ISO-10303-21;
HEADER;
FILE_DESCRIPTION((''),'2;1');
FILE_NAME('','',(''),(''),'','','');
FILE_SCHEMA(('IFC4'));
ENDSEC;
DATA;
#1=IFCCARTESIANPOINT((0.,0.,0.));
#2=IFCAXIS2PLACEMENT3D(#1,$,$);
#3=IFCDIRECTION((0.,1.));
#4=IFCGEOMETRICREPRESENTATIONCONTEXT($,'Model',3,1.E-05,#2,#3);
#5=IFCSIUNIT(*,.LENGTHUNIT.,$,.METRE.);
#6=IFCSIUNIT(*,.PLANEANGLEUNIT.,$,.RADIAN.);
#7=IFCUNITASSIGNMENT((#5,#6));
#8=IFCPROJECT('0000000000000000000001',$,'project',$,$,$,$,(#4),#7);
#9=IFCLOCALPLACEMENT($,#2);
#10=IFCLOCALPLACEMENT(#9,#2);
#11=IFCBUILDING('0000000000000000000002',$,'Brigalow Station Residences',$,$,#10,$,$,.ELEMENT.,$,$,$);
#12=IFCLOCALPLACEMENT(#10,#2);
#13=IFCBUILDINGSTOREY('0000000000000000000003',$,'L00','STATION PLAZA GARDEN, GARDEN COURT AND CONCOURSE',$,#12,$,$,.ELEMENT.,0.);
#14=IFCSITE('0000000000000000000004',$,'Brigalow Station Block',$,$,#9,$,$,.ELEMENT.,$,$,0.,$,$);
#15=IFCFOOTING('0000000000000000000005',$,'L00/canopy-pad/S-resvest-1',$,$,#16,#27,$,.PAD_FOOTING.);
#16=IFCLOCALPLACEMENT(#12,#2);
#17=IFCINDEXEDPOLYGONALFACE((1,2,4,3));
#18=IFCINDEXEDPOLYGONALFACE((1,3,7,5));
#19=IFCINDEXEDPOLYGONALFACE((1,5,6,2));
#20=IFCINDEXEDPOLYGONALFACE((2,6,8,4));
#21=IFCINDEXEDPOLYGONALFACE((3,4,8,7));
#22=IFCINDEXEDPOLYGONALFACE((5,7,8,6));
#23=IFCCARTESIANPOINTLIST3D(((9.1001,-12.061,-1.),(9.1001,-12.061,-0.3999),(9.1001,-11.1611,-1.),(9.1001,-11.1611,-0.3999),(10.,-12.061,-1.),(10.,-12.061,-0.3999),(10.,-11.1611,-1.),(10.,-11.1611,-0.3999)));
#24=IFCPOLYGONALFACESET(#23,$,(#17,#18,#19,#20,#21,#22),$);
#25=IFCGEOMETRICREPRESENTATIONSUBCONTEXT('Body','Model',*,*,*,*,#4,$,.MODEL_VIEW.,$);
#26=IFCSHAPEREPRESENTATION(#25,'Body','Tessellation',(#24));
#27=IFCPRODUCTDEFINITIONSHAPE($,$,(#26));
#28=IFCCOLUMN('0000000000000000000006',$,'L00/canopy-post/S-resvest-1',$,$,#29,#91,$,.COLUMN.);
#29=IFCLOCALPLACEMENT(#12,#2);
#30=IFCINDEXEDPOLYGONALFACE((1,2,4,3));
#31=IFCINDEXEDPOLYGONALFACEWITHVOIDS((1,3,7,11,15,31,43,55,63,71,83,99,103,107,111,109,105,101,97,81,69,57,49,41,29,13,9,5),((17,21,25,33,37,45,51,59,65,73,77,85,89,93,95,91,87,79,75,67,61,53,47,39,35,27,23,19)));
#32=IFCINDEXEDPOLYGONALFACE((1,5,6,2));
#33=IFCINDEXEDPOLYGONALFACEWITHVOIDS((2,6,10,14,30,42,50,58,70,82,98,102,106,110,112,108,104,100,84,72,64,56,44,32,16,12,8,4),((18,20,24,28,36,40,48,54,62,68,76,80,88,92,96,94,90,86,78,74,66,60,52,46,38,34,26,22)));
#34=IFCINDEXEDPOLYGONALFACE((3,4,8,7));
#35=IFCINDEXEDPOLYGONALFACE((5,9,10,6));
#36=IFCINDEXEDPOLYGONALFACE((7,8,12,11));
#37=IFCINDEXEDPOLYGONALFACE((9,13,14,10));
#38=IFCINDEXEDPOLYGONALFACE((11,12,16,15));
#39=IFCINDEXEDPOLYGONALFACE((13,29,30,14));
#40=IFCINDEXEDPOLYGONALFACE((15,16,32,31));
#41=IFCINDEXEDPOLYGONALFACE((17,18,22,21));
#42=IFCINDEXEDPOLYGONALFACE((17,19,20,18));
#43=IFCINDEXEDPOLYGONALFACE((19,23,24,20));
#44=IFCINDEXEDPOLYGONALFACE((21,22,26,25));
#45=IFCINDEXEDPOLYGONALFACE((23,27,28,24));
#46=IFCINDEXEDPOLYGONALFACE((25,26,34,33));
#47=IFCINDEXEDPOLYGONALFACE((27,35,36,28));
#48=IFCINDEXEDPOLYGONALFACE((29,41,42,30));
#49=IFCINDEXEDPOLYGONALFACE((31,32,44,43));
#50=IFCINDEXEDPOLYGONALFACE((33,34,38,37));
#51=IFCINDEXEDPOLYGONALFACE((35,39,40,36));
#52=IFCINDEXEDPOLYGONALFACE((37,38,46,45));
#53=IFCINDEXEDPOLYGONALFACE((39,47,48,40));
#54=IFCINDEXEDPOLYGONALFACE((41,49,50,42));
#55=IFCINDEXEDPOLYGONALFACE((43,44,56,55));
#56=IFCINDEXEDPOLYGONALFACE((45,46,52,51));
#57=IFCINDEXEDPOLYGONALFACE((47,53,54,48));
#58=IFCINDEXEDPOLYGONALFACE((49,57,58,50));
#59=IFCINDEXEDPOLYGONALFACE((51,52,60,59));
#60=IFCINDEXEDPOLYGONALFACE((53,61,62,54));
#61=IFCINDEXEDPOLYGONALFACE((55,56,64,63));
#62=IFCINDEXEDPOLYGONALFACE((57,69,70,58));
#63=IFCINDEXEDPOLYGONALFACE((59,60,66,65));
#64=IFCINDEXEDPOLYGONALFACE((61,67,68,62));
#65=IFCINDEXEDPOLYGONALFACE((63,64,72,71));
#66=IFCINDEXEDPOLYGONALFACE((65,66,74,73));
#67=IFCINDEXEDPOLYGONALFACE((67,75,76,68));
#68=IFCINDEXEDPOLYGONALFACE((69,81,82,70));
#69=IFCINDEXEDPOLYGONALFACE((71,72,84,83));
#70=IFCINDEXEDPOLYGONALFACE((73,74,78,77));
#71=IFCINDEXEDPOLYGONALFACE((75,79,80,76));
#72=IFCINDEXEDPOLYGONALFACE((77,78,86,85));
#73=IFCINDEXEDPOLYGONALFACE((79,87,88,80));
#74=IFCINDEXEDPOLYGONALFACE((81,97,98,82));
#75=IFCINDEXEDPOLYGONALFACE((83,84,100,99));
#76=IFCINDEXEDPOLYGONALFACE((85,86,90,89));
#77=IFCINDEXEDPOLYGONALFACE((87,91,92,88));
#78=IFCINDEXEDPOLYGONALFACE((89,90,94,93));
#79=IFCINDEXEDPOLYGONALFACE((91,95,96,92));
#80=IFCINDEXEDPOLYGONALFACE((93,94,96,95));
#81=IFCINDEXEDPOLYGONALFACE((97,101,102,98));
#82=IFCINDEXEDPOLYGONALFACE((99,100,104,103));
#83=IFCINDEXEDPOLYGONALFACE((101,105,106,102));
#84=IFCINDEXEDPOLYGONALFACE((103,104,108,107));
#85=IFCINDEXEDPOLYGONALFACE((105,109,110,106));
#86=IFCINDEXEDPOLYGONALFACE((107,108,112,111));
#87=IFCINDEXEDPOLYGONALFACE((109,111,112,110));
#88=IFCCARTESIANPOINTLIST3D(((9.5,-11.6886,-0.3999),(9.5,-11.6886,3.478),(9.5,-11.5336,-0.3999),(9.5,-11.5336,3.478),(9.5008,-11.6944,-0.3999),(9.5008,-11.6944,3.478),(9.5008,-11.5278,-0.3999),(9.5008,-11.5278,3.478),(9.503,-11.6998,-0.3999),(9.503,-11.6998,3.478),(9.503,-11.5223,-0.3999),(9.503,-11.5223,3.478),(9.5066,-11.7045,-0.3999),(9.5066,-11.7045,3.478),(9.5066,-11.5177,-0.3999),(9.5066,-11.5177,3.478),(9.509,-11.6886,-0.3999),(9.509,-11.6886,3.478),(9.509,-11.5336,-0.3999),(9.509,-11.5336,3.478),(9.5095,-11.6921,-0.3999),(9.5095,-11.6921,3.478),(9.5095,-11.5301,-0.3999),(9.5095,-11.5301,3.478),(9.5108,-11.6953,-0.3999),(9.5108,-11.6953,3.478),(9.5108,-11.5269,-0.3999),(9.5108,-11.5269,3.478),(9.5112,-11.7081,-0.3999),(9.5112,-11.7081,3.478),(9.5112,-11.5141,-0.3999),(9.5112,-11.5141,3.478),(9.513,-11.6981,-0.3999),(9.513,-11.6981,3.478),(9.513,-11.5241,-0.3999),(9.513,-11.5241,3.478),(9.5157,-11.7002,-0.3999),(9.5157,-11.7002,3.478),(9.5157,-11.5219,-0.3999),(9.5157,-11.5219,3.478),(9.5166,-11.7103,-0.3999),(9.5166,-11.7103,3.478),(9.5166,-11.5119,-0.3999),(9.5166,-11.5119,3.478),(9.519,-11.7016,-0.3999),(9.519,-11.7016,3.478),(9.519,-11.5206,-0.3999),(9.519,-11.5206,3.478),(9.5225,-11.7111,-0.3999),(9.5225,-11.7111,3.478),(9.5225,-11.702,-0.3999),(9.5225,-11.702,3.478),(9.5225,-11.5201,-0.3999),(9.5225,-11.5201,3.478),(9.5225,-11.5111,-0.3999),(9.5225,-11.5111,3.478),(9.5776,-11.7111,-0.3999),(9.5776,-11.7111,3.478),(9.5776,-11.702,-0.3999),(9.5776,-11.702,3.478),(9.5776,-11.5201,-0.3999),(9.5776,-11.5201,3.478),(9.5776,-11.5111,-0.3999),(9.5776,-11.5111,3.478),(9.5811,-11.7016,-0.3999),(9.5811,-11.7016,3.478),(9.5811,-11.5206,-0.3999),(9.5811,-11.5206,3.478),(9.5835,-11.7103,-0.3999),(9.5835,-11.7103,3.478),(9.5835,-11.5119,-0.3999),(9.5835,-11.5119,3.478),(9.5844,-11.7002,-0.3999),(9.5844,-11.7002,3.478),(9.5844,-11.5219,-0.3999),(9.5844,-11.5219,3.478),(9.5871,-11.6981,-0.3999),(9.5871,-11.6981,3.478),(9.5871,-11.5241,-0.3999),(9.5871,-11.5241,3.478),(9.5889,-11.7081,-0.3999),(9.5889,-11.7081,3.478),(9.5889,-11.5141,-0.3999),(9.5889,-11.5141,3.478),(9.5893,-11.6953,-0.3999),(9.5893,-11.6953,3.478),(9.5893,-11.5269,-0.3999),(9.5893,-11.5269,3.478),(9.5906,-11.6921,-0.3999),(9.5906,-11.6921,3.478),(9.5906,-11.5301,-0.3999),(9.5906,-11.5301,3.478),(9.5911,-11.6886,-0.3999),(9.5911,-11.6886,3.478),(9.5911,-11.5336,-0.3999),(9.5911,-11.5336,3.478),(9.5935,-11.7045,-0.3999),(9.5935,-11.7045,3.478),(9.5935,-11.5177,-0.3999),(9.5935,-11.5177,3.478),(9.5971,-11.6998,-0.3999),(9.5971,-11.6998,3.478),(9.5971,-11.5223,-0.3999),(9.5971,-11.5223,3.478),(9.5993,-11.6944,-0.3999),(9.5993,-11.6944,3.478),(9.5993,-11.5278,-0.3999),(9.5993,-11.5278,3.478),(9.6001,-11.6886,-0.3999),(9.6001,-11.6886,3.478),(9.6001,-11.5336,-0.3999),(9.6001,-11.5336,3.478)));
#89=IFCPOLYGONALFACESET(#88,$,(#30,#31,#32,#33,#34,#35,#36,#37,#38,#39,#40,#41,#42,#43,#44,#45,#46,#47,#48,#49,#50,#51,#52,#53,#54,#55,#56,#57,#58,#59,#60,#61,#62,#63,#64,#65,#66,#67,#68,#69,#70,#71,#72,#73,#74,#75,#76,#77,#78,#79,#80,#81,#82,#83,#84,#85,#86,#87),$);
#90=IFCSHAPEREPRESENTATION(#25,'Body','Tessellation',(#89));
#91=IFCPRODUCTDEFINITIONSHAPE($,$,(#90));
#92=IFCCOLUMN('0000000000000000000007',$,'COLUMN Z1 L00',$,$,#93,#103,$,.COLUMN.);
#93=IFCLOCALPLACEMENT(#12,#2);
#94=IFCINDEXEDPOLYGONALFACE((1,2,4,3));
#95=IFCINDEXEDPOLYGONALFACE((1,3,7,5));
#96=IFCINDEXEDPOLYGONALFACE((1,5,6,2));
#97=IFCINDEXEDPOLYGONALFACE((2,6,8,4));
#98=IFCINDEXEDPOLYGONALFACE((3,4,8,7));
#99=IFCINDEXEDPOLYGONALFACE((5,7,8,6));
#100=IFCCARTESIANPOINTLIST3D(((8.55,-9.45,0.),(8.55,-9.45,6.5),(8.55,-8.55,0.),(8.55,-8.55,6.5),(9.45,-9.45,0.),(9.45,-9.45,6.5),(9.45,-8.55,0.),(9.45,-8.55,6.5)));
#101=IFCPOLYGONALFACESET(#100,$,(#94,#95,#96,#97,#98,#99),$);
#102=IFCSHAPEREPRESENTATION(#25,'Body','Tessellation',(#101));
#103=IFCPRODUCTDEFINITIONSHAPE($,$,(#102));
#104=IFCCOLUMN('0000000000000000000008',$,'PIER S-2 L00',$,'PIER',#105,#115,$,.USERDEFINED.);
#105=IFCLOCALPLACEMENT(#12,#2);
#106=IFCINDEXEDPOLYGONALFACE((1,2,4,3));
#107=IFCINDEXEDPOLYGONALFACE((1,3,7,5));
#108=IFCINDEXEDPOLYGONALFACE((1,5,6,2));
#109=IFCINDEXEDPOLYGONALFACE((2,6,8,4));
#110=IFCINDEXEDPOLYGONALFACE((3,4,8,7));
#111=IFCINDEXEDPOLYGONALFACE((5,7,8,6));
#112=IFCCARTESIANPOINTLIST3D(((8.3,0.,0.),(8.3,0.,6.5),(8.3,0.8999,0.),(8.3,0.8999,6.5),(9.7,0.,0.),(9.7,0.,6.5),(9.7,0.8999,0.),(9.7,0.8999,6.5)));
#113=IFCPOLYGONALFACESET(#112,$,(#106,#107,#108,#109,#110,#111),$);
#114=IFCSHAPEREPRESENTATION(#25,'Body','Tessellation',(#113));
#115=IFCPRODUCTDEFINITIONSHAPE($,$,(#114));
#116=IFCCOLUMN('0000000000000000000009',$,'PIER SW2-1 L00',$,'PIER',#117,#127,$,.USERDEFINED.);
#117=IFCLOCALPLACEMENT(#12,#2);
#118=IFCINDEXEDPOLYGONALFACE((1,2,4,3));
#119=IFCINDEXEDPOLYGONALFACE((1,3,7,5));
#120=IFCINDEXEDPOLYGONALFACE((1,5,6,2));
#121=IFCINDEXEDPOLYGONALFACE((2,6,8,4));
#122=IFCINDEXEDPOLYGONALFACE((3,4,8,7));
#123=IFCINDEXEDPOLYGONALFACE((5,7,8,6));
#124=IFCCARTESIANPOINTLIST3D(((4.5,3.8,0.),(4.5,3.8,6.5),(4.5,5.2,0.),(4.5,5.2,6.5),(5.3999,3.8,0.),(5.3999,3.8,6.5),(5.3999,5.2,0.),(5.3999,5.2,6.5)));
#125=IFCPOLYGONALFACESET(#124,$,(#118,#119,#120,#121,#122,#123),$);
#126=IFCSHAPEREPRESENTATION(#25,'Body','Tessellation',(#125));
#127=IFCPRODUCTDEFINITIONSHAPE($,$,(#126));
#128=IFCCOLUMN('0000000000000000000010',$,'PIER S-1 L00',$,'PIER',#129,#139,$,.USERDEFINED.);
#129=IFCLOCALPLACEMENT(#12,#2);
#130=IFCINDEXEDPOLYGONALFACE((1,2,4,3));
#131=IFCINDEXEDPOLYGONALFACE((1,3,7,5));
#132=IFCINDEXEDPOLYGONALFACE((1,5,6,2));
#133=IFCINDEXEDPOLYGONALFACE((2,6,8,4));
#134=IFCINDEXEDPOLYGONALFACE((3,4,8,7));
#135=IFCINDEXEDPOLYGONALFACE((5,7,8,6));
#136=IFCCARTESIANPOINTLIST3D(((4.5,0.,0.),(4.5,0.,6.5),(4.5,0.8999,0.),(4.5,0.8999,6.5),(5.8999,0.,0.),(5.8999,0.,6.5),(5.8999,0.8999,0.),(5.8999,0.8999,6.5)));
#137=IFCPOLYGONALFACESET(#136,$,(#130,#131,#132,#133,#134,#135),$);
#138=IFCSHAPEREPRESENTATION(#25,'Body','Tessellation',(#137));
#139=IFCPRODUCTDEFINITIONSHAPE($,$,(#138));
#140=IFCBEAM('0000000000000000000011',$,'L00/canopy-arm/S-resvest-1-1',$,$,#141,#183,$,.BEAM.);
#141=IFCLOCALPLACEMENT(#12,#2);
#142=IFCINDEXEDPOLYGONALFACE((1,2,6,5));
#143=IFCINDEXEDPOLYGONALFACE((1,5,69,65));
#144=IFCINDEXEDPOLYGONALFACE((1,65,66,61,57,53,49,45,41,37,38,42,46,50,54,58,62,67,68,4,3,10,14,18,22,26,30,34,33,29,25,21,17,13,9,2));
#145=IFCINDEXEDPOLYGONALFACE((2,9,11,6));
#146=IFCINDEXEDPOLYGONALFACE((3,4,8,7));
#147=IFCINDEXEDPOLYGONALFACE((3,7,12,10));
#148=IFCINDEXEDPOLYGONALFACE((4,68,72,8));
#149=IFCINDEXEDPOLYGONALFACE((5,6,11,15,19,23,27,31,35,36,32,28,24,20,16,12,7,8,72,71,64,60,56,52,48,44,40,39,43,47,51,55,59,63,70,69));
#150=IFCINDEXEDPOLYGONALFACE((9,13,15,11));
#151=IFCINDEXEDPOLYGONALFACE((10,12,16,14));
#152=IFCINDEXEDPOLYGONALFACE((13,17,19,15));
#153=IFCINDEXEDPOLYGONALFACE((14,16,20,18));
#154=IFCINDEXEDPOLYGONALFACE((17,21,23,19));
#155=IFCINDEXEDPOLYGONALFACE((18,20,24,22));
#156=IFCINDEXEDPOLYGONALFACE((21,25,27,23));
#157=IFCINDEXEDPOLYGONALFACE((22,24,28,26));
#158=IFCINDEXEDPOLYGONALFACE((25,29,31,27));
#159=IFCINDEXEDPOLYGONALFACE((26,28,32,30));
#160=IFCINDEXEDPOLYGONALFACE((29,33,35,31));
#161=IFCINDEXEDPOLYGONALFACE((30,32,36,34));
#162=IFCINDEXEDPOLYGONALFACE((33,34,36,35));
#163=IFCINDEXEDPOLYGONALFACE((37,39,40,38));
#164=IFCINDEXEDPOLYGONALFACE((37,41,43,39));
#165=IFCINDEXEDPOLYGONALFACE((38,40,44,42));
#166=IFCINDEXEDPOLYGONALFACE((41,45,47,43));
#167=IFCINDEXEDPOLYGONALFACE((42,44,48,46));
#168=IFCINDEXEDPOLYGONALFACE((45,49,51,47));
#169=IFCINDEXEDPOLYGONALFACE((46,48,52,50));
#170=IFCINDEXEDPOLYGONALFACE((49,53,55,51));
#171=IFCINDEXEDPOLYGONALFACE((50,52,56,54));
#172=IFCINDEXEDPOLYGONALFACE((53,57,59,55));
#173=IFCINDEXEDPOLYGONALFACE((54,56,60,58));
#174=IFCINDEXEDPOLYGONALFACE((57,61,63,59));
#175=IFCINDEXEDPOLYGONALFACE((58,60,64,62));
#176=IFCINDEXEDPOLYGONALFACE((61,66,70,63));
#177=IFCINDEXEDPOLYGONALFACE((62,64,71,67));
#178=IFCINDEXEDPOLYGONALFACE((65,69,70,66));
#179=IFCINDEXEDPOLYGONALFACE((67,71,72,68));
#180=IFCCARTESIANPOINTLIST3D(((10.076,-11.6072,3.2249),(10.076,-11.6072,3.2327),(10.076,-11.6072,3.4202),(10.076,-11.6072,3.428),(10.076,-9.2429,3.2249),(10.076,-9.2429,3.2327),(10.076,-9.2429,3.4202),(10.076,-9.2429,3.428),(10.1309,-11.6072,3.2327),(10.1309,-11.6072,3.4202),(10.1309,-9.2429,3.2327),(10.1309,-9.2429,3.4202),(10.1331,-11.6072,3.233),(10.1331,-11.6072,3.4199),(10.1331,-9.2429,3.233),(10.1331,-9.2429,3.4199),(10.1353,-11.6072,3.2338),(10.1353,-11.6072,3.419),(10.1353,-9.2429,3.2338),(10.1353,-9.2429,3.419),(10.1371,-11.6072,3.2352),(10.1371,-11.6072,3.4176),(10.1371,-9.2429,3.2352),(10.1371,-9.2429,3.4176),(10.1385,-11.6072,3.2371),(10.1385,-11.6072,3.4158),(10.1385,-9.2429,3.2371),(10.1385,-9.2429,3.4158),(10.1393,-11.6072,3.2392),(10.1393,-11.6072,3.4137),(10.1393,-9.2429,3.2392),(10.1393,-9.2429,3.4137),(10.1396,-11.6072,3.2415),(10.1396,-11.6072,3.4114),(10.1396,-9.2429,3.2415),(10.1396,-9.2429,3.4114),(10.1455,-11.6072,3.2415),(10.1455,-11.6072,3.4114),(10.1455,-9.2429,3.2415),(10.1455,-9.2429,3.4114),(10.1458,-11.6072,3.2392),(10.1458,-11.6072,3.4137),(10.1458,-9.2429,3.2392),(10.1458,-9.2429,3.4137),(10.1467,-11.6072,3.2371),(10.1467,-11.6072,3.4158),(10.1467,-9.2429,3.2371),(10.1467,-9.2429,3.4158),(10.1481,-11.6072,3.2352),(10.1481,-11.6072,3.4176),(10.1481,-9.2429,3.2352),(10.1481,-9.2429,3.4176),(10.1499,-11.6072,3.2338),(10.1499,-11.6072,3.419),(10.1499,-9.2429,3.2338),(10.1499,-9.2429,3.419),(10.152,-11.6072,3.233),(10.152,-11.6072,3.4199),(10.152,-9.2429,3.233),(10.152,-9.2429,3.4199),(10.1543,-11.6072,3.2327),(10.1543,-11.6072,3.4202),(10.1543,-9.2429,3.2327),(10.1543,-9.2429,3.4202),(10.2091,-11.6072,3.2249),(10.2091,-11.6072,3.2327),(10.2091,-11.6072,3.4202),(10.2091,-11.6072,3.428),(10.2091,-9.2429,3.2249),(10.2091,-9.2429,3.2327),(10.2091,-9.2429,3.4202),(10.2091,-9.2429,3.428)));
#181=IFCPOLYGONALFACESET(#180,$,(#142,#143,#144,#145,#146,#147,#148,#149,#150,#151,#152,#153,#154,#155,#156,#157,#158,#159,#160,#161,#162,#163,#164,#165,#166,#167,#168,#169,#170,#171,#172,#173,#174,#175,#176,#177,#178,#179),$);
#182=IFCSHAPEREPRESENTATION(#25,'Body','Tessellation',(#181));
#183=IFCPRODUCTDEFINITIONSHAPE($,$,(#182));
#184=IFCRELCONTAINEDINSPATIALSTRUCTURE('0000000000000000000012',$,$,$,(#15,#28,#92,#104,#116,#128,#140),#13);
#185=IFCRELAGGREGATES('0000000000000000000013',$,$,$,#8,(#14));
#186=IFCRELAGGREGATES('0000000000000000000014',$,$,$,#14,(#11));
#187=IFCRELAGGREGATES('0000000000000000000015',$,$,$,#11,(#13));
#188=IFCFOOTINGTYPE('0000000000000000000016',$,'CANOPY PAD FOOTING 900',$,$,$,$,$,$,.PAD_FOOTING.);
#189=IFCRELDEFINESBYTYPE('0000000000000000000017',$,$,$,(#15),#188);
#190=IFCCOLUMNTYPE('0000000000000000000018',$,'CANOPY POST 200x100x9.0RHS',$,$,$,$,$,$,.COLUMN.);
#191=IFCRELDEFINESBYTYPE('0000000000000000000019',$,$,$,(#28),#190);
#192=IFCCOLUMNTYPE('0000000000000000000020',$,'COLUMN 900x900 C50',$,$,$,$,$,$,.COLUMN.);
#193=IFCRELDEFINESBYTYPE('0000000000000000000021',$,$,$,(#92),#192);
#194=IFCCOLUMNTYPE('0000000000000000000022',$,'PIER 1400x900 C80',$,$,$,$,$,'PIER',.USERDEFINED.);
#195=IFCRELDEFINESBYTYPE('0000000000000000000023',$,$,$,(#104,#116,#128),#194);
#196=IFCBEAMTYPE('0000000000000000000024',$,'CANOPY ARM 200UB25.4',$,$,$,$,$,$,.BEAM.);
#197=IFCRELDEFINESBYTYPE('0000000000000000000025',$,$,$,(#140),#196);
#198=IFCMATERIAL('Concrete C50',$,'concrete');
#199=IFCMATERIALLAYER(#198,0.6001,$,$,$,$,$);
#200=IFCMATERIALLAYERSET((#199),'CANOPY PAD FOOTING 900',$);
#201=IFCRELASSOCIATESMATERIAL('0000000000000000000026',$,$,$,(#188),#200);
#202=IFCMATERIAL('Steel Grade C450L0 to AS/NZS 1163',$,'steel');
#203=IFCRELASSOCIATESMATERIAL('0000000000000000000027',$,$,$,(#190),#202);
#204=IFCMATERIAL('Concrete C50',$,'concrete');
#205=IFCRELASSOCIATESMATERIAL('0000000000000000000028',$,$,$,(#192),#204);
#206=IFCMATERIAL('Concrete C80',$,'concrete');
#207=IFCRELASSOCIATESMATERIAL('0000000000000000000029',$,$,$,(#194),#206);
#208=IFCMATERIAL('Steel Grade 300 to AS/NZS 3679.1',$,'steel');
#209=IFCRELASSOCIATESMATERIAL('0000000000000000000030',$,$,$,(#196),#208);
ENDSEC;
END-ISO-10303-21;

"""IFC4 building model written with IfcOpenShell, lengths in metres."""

from ifc_helpers import new_model, si_unit, direction, frame, origin, origin_2d, place, context, subcontext, project, spatial, rectangle, hollow_rectangle, i_section, extrude, material, layer, layer_set, material_profile, profile_set, type_object, element, save


model = new_model("IFC4")

# Units and contexts
model_context = context("Model", 3, precision=1e-05, world=origin(), true_north=direction((0.0, 1.0)))
body_context = subcontext(model_context, "Body", "Model", "MODEL_VIEW")
ifc_project = project(units=[si_unit("LENGTHUNIT", "METRE"), si_unit("PLANEANGLEUNIT", "RADIAN")], contexts=[model_context])

# Site, building, storey
site_placement = place(None, origin())
site = spatial("IfcSite", under=ifc_project, at=site_placement, Name="Brigalow Station Block", CompositionType="ELEMENT", RefElevation=0.0)
building_placement = place(site_placement, origin())
building = spatial("IfcBuilding", under=site, at=building_placement, Name="Brigalow Station Residences", CompositionType="ELEMENT")
storey_placement = place(building_placement, origin())
storey = spatial("IfcBuildingStorey", under=building, at=storey_placement, Name="L00", Description="STATION PLAZA GARDEN, GARDEN COURT AND CONCOURSE", CompositionType="ELEMENT", Elevation=0.0)

# Footing
ifc_material_1 = material(Name="Concrete C50", Category="concrete")
ifc_layer_1 = layer(ifc_material_1, 0.6001)
ifc_layer_set_1 = layer_set([ifc_layer_1], Name="CANOPY PAD FOOTING 900")
footing_type = type_object("IfcFootingType", Name="CANOPY PAD FOOTING 900", PredefinedType="PAD_FOOTING", material=ifc_layer_set_1)
footing_placement = place(storey_placement, frame((9.55, -11.6111, -1.0), z_axis=(0.0, 0.0, 1.0), x_axis=(1.0, 0.0, 0.0)))
element("IfcFooting", 1, at=footing_placement, inside=storey, type_object=footing_type, Name="L00/canopy-pad/S-resvest-1", PredefinedType="PAD_FOOTING", context=body_context, shape_type="SweptSolid", body=[
    extrude(rectangle(XDim=0.8999, YDim=0.8999, at=origin_2d()), origin(), (0.0, 0.0, 1.0), 0.6001),
])

# Columns
ifc_material_2 = material(Name="Steel Grade C450L0 to AS/NZS 1163", Category="steel")
ifc_material_profile_1 = material_profile(ifc_material_2, hollow_rectangle(XDim=0.1001, YDim=0.2, WallThickness=0.009, InnerFilletRadius=0.0134, OuterFilletRadius=0.0225, at=origin_2d()), Name="200x100x9.0RHS")
ifc_profile_set_1 = profile_set([ifc_material_profile_1], Name="Steel Grade C450L0 to AS/NZS 1163")
column_type_1 = type_object("IfcColumnType", Name="CANOPY POST 200x100x9.0RHS", PredefinedType="COLUMN", material=ifc_profile_set_1)
column_1_placement = place(storey_placement, frame((9.55, -11.6111, -0.3999), z_axis=(0.0, 0.0, 1.0), x_axis=(1.0, 0.0, 0.0)))
element("IfcColumn", 2, at=column_1_placement, inside=storey, type_object=column_type_1, Name="L00/canopy-post/S-resvest-1", PredefinedType="COLUMN", context=body_context, shape_type="SweptSolid", body=[
    extrude(hollow_rectangle(XDim=0.1001, YDim=0.2, WallThickness=0.009, InnerFilletRadius=0.0134, OuterFilletRadius=0.0225, at=origin_2d()), origin(), (0.0, 0.0, 1.0), 3.8779),
])
ifc_material_3 = material(Name="Concrete C50", Category="concrete")
ifc_material_profile_2 = material_profile(ifc_material_3, rectangle(XDim=0.8999, YDim=0.8999, at=origin_2d()), Name="RC900x900")
ifc_profile_set_2 = profile_set([ifc_material_profile_2], Name="Concrete C50")
column_type_2 = type_object("IfcColumnType", Name="COLUMN 900x900 C50", PredefinedType="COLUMN", material=ifc_profile_set_2)
column_2_placement = place(storey_placement, frame((9.0, -9.0, 0.0), z_axis=(0.0, 0.0, 1.0), x_axis=(1.0, 0.0, 0.0)))
element("IfcColumn", 3, at=column_2_placement, inside=storey, type_object=column_type_2, Name="COLUMN Z1 L00", PredefinedType="COLUMN", context=body_context, shape_type="SweptSolid", body=[
    extrude(rectangle(XDim=0.8999, YDim=0.8999, at=origin_2d()), origin(), (0.0, 0.0, 1.0), 6.5),
])
ifc_material_4 = material(Name="Concrete C80", Category="concrete")
ifc_material_profile_3 = material_profile(ifc_material_4, rectangle(XDim=1.3999, YDim=0.8999, at=origin_2d()), Name="RC1400x900")
ifc_profile_set_3 = profile_set([ifc_material_profile_3], Name="Concrete C80")
column_type_3 = type_object("IfcColumnType", Name="PIER 1400x900 C80", ElementType="PIER", PredefinedType="USERDEFINED", material=ifc_profile_set_3)
for number, where, z_axis, x_axis, name in (
    (4, (9.0, 0.45, 0.0), (0.0, 0.0, 1.0), (1.0, 0.0, 0.0), "PIER S-2 L00"),
    (5, (4.95, 4.5, 0.0), (0.0, 0.0, 1.0), (0.0, -1.0, 0.0), "PIER SW2-1 L00"),
    (6, (5.2, 0.45, 0.0), (0.0, 0.0, 1.0), (1.0, 0.0, 0.0), "PIER S-1 L00"),
):
    element("IfcColumn", number, at=place(storey_placement, frame(where, z_axis=z_axis, x_axis=x_axis)), inside=storey, type_object=column_type_3, Name=name, ObjectType="PIER", PredefinedType="USERDEFINED", context=body_context, shape_type="SweptSolid", body=[
        extrude(rectangle(XDim=1.3999, YDim=0.8999, at=origin_2d()), origin(), (0.0, 0.0, 1.0), 6.5),
    ])

# Beam
ifc_material_5 = material(Name="Steel Grade 300 to AS/NZS 3679.1", Category="steel")
ifc_material_profile_4 = material_profile(ifc_material_5, i_section(OverallWidth=0.1331, OverallDepth=0.2031, WebThickness=0.0059, FlangeThickness=0.0078, FilletRadius=0.0088, at=origin_2d()), Name="200UB25.4")
ifc_profile_set_4 = profile_set([ifc_material_profile_4], Name="Steel Grade 300 to AS/NZS 3679.1")
beam_type_1 = type_object("IfcBeamType", Name="CANOPY ARM 200UB25.4", PredefinedType="BEAM", material=ifc_profile_set_4)
for number, where, z_axis, x_axis, name in (
    (7, (10.1426, -9.2429, 3.3264), (0.0, -1.0, 0.0), (1.0, 0.0, 0.0), "L00/canopy-arm/S-resvest-1-1"),
):
    element("IfcBeam", number, at=place(storey_placement, frame(where, z_axis=z_axis, x_axis=x_axis)), inside=storey, type_object=beam_type_1, Name=name, PredefinedType="BEAM", context=body_context, shape_type="SweptSolid", body=[
        extrude(i_section(OverallWidth=0.1331, OverallDepth=0.2031, WebThickness=0.0059, FlangeThickness=0.0078, FilletRadius=0.0088, at=origin_2d()), origin(), (0.0, 0.0, 1.0), 2.3643),
    ])

save(model, "model.ifc")
